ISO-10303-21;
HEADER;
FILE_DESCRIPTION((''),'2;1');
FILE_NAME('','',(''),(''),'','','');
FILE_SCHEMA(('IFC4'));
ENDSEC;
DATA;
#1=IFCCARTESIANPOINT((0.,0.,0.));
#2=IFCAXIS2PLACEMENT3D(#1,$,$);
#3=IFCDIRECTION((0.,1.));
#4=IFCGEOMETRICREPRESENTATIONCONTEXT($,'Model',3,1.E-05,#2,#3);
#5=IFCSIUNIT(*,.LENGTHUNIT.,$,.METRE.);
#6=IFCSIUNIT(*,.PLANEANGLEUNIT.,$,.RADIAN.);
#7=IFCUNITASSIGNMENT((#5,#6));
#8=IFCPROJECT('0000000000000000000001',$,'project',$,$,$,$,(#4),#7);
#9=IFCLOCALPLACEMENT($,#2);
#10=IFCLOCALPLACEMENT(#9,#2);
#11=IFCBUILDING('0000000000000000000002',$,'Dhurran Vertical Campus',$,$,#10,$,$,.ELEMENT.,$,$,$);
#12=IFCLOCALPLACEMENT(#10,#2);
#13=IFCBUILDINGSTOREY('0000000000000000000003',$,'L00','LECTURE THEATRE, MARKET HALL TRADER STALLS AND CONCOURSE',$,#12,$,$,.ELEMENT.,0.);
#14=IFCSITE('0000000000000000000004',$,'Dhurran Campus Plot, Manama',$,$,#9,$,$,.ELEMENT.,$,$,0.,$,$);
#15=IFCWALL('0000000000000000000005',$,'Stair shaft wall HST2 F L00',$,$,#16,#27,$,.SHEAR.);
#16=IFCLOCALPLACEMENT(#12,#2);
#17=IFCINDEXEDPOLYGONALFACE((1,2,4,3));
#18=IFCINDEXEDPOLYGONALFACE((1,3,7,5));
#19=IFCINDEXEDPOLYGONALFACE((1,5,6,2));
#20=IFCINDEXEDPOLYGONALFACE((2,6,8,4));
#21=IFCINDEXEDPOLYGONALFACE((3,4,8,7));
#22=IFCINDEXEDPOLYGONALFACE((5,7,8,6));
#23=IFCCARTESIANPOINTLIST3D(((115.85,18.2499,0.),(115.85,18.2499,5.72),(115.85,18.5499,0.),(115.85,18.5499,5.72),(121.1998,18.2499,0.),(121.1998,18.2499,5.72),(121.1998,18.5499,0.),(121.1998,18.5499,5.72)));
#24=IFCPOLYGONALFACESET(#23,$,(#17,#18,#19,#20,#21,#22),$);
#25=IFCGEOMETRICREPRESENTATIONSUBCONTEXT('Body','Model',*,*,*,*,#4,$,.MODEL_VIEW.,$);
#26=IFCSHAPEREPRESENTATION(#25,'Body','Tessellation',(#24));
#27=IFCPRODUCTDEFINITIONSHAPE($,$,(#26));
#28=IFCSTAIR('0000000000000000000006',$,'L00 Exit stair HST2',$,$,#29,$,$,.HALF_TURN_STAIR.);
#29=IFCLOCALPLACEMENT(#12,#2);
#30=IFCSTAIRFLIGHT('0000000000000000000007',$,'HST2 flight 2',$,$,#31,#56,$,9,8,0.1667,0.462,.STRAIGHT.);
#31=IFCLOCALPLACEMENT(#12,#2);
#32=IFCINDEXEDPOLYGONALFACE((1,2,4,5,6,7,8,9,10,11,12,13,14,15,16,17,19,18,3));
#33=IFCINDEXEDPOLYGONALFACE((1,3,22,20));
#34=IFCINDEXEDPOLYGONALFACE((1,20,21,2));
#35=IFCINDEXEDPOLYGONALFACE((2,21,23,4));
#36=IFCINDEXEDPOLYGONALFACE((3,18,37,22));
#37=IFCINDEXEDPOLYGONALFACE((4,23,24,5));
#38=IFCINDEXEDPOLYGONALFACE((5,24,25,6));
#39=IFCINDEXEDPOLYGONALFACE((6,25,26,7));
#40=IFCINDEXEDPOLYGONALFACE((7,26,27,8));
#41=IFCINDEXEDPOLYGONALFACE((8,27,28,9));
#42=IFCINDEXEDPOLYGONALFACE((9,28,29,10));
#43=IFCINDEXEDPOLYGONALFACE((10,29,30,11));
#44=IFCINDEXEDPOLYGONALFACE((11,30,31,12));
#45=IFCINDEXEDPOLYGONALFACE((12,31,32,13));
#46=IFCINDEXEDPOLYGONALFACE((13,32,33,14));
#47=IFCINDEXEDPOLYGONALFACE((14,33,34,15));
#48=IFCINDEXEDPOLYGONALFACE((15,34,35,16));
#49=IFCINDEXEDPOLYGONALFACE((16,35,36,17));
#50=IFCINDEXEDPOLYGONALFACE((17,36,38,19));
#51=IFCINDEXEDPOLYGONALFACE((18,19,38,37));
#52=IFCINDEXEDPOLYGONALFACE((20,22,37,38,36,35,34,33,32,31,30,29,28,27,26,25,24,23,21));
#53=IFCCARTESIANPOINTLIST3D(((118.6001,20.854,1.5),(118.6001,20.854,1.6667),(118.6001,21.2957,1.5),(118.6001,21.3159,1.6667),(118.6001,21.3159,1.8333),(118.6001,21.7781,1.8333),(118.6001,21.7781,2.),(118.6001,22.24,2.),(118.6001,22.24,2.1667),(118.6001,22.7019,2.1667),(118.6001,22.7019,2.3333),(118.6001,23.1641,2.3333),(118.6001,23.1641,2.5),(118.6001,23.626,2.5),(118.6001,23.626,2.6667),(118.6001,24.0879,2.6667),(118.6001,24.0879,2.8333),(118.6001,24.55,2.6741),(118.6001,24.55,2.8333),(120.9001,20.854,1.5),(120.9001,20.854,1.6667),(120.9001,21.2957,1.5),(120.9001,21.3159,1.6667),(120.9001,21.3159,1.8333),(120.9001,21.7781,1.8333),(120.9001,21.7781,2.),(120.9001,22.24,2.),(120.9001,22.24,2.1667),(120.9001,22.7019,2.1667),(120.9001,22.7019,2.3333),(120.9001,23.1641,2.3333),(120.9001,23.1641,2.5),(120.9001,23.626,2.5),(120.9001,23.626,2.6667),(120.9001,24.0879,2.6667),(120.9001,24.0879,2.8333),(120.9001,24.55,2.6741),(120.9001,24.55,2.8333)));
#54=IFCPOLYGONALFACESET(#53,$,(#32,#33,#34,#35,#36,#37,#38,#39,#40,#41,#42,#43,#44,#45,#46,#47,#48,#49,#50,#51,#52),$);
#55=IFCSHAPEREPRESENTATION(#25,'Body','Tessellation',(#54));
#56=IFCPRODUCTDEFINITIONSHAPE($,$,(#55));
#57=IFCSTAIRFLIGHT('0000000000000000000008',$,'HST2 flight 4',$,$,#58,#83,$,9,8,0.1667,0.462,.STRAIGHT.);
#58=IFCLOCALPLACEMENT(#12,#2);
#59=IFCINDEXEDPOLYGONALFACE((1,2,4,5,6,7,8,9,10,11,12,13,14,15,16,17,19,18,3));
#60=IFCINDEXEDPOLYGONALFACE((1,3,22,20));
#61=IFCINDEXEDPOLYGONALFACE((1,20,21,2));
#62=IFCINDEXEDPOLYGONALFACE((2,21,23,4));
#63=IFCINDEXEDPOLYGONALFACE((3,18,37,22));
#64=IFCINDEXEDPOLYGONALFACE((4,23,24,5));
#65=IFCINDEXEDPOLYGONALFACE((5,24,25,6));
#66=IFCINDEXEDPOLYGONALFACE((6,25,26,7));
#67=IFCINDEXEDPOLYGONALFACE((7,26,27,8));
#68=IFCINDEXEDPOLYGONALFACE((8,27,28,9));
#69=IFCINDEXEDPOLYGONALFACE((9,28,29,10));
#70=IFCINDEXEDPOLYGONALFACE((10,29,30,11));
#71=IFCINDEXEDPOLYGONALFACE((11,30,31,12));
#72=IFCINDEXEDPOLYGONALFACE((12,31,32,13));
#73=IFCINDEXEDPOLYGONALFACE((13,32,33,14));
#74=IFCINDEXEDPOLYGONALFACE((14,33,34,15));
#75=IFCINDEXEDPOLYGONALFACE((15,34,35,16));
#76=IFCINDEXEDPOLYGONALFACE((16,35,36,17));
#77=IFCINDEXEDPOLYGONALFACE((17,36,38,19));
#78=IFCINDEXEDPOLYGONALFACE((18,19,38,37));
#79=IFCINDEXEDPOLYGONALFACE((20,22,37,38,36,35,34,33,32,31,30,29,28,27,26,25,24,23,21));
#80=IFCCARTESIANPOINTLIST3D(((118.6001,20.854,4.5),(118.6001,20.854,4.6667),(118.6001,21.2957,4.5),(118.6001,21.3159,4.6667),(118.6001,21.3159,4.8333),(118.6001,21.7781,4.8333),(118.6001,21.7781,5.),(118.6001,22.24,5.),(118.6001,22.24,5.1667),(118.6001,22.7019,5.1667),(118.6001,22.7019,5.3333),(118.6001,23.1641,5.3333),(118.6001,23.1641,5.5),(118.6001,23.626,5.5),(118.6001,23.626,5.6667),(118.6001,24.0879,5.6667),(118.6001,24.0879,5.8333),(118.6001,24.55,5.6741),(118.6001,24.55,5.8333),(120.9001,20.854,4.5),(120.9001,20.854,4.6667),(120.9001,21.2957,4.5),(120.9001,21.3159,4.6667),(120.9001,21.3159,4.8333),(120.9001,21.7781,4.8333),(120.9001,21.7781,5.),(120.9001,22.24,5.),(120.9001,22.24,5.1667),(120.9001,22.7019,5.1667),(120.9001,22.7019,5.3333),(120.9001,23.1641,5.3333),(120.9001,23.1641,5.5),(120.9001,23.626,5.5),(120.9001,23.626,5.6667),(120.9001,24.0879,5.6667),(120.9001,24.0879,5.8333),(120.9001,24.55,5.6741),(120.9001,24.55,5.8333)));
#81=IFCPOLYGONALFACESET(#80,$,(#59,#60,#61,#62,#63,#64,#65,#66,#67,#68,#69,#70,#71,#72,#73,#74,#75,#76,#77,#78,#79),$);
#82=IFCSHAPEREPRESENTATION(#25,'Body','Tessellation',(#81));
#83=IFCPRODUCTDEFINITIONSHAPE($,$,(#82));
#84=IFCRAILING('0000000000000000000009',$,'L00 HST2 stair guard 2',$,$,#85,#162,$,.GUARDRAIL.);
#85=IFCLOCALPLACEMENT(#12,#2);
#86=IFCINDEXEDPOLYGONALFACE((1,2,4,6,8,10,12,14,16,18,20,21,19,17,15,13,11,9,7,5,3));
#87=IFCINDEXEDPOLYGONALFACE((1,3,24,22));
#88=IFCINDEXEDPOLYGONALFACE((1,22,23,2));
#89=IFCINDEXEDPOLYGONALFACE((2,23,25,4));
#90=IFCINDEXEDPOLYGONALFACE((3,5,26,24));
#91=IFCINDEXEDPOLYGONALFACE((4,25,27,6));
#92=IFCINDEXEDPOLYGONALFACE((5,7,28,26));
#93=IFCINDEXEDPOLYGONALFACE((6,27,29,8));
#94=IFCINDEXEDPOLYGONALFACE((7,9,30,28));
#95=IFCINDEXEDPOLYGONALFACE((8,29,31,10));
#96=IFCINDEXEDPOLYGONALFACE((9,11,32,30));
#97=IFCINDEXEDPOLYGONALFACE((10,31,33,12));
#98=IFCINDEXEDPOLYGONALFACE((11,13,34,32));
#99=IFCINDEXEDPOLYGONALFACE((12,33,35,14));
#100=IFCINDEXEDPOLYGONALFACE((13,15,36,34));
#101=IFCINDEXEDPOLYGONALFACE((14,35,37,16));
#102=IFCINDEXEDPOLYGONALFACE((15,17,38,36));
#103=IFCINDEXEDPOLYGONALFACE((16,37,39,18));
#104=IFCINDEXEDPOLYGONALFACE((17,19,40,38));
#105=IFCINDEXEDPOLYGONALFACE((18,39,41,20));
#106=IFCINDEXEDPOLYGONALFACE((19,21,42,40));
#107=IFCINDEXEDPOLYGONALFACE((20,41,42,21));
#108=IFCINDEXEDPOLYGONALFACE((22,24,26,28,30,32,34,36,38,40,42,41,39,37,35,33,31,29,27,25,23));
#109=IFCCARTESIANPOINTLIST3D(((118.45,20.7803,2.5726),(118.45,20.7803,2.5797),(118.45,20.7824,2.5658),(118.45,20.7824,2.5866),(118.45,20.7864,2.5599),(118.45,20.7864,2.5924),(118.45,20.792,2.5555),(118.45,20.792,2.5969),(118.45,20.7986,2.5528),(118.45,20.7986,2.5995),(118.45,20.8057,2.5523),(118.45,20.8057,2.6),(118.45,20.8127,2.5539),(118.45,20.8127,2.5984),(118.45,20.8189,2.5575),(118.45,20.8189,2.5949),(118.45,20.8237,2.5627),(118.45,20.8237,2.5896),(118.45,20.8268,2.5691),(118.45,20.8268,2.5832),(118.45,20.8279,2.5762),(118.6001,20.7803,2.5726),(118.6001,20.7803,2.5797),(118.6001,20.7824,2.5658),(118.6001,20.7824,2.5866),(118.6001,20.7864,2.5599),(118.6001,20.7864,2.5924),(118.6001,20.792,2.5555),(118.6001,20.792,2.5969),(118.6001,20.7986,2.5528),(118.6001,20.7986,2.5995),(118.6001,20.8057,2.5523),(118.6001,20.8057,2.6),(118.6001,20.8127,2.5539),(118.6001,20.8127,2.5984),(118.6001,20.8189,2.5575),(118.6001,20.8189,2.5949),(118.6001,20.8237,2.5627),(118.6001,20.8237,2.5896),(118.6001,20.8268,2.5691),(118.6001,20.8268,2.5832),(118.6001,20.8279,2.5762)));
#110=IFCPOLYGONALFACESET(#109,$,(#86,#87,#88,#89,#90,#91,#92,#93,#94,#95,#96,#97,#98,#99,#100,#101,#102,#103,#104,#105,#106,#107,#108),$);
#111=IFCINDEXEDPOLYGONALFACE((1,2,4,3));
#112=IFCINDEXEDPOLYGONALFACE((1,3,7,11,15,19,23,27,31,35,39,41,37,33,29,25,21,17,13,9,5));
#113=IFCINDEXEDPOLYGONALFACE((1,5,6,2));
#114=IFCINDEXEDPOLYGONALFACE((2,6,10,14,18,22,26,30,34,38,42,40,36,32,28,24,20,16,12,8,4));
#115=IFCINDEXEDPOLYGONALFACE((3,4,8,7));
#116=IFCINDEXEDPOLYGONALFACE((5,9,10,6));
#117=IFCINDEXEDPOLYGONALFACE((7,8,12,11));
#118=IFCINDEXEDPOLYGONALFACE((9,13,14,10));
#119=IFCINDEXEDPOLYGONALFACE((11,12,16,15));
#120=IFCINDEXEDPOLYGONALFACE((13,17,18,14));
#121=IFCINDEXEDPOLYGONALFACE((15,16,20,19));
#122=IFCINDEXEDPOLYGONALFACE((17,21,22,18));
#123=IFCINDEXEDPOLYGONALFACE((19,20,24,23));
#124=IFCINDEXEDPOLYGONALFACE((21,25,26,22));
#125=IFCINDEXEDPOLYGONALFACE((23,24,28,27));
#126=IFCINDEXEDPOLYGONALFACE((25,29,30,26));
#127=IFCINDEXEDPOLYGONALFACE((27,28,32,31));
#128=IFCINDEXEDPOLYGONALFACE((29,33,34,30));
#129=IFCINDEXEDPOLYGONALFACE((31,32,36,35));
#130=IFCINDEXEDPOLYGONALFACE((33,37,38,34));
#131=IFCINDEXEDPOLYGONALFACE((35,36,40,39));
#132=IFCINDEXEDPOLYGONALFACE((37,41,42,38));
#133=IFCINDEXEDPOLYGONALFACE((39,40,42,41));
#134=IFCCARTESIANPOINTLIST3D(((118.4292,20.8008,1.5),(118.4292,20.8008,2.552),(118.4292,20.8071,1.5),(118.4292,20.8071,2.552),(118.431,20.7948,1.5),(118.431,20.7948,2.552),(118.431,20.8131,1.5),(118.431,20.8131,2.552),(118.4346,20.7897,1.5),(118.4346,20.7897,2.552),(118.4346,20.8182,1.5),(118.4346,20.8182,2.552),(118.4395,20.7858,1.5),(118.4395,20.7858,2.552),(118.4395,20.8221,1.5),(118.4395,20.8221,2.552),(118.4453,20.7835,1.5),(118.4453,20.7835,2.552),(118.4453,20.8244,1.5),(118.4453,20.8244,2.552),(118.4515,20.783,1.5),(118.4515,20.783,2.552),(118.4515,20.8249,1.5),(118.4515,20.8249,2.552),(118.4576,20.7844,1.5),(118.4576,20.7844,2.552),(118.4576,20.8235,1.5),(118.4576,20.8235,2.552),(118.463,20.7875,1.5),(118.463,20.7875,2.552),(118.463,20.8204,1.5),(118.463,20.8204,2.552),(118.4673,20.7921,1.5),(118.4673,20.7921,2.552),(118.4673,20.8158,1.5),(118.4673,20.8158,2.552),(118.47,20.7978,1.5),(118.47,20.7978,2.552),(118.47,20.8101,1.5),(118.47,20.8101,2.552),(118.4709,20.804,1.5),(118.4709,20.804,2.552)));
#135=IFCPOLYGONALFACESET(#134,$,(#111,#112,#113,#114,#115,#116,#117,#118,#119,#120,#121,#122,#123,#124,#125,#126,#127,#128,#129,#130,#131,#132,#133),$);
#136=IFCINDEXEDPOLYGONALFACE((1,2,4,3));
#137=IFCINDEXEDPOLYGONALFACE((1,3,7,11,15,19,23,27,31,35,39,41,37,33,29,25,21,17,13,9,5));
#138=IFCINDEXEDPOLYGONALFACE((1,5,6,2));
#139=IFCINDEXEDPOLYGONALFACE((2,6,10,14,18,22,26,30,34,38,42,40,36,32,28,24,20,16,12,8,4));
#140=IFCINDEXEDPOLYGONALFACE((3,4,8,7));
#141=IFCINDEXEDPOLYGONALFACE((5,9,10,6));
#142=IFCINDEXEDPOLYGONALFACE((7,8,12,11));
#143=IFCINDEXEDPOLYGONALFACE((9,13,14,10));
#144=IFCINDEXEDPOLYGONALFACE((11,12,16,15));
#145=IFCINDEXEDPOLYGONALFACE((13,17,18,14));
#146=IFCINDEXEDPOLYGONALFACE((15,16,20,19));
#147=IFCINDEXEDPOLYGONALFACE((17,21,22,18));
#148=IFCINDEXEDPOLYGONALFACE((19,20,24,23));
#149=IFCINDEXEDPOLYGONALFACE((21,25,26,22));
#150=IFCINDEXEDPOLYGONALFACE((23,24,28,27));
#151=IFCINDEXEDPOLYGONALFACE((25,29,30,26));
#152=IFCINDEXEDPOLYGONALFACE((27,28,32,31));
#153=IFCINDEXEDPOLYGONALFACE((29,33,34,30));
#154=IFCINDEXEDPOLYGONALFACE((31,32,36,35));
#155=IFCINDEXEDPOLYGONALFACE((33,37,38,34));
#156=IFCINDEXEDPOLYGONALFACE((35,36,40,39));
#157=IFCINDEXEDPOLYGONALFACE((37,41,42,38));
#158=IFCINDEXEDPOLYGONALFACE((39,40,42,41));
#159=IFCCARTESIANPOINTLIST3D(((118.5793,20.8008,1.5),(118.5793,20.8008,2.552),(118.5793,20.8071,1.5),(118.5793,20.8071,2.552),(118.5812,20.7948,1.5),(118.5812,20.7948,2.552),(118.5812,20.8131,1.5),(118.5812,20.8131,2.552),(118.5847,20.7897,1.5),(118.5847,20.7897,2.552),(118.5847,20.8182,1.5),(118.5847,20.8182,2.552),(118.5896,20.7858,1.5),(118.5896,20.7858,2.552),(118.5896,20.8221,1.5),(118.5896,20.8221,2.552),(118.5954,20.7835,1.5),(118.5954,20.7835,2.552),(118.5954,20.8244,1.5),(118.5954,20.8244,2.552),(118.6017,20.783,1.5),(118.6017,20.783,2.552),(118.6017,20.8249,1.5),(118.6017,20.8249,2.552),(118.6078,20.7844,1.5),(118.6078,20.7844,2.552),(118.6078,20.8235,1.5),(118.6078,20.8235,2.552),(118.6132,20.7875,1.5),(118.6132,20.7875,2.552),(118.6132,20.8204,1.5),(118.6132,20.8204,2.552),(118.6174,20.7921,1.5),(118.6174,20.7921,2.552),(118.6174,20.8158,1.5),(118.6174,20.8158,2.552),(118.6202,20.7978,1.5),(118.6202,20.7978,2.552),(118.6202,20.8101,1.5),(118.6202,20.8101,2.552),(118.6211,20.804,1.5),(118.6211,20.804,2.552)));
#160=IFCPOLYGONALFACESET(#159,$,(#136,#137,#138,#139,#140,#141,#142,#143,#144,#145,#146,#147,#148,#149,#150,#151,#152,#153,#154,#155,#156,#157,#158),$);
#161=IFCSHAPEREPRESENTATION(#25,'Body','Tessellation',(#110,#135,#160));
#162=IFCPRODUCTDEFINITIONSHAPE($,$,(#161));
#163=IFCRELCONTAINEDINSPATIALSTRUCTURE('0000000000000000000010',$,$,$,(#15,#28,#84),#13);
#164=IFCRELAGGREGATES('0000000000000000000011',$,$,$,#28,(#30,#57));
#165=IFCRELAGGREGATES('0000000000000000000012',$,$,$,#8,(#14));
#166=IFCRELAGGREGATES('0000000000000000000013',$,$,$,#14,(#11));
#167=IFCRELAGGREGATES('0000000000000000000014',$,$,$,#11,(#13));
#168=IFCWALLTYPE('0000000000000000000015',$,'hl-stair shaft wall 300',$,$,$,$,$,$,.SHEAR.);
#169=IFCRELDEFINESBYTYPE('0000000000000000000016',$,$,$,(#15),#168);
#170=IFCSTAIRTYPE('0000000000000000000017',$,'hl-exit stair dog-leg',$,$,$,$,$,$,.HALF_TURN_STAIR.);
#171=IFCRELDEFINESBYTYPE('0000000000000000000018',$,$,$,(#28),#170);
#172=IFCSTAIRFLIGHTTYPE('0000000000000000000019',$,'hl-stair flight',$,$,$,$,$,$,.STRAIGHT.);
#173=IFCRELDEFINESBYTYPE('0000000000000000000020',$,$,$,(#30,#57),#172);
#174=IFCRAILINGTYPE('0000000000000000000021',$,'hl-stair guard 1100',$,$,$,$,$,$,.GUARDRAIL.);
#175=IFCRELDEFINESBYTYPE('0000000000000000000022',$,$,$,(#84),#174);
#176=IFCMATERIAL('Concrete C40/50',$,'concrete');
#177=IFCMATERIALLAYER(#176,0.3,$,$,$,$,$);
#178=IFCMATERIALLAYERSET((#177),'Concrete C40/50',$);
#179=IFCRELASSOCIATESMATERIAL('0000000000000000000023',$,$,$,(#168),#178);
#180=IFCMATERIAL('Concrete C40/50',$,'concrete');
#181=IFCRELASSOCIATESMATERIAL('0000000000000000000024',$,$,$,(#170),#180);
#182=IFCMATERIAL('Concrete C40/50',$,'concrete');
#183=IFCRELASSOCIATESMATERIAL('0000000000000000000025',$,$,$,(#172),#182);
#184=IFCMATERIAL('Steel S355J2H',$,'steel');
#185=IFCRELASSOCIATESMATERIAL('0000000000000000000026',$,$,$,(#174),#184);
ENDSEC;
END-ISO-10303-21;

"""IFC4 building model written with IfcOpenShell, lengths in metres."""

from ifc_helpers import new_model, si_unit, direction, frame, frame_2d, origin, origin_2d, place, context, subcontext, project, spatial, polyline, rectangle, circle, outline, extrude, material, layer, layer_set, type_object, element, aggregate, save


model = new_model("IFC4")

# Units and contexts
model_context = context("Model", 3, precision=1e-05, world=origin(), true_north=direction((0.0, 1.0)))
body_context = subcontext(model_context, "Body", "Model", "MODEL_VIEW")
ifc_project = project(units=[si_unit("LENGTHUNIT", "METRE"), si_unit("PLANEANGLEUNIT", "RADIAN")], contexts=[model_context])

# Site, building, storey
site_placement = place(None, origin())
site = spatial("IfcSite", under=ifc_project, at=site_placement, Name="Dhurran Campus Plot, Manama", CompositionType="ELEMENT", RefElevation=0.0)
building_placement = place(site_placement, origin())
building = spatial("IfcBuilding", under=site, at=building_placement, Name="Dhurran Vertical Campus", CompositionType="ELEMENT")
storey_placement = place(building_placement, origin())
storey = spatial("IfcBuildingStorey", under=building, at=storey_placement, Name="L00", Description="LECTURE THEATRE, MARKET HALL TRADER STALLS AND CONCOURSE", CompositionType="ELEMENT", Elevation=0.0)

# Wall
ifc_material_1 = material(Name="Concrete C40/50", Category="concrete")
ifc_layer_1 = layer(ifc_material_1, 0.3)
ifc_layer_set_1 = layer_set([ifc_layer_1], Name="Concrete C40/50")
wall_type_1 = type_object("IfcWallType", Name="hl-stair shaft wall 300", PredefinedType="SHEAR", material=ifc_layer_set_1)
wall_1_placement = place(storey_placement, frame((115.8501, 18.3999, 0.0), z_axis=(0.0, 0.0, 1.0), x_axis=(1.0, 0.0, 0.0)))
element("IfcWall", 1, at=wall_1_placement, inside=storey, type_object=wall_type_1, Name="Stair shaft wall HST2 F L00", PredefinedType="SHEAR", context=body_context, shape_type="SweptSolid", body=[
    extrude(rectangle(XDim=5.3499, YDim=0.3, at=frame_2d((2.6748, 0.0))), origin(), (0.0, 0.0, 1.0), 5.72),
])

# Stair, stair flights
ifc_material_2 = material(Name="Concrete C40/50", Category="concrete")
stair_type = type_object("IfcStairType", Name="hl-exit stair dog-leg", PredefinedType="HALF_TURN_STAIR", material=ifc_material_2)
stair_placement = place(storey_placement, origin())
stair = element("IfcStair", 2, at=stair_placement, inside=storey, type_object=stair_type, Name="L00 Exit stair HST2", PredefinedType="HALF_TURN_STAIR")
ifc_material_3 = material(Name="Concrete C40/50", Category="concrete")
stair_flight_type = type_object("IfcStairFlightType", Name="hl-stair flight", PredefinedType="STRAIGHT", material=ifc_material_3)
stair_flight_1_placement = place(storey_placement, frame((119.75, 20.854, 1.5), z_axis=(0.0, 0.0, 1.0), x_axis=(0.0, 1.0, 0.0)))
stair_flight_1 = element("IfcStairFlight", 3, at=stair_flight_1_placement, type_object=stair_flight_type, Name="HST2 flight 2", NumberOfRisers=9, NumberOfTreads=8, PredefinedType="STRAIGHT", RiserHeight=0.1667, TreadLength=0.462, context=body_context, shape_type="SweptSolid", body=[
    extrude(outline(polyline([(0.0, 0.0), (0.0, 0.1667), (0.4619, 0.1667), (0.4619, 0.3333), (0.9241, 0.3333), (0.9241, 0.5), (1.386, 0.5), (1.386, 0.6667), (1.8479, 0.6667), (1.8479, 0.8333), (2.3101, 0.8333), (2.3101, 1.0), (2.772, 1.0), (2.772, 1.1667), (3.2339, 1.1667), (3.2339, 1.3333), (3.696, 1.3333), (3.696, 1.5), (3.696, 1.1741), (0.4417, 0.0), (0.0, 0.0)])), frame((0.0, 1.1499, 0.0), z_axis=(0.0, -1.0, 0.0), x_axis=(1.0, 0.0, 0.0)), (0.0, 0.0, 1.0), 2.3),
])
stair_flight_2_placement = place(storey_placement, frame((119.75, 20.854, 4.5), z_axis=(0.0, 0.0, 1.0), x_axis=(0.0, 1.0, 0.0)))
stair_flight_2 = element("IfcStairFlight", 4, at=stair_flight_2_placement, type_object=stair_flight_type, Name="HST2 flight 4", NumberOfRisers=9, NumberOfTreads=8, PredefinedType="STRAIGHT", RiserHeight=0.1667, TreadLength=0.462, context=body_context, shape_type="SweptSolid", body=[
    extrude(outline(polyline([(0.0, 0.0), (0.0, 0.1667), (0.4619, 0.1667), (0.4619, 0.3333), (0.9241, 0.3333), (0.9241, 0.5), (1.386, 0.5), (1.386, 0.6667), (1.8479, 0.6667), (1.8479, 0.8333), (2.3101, 0.8333), (2.3101, 1.0), (2.772, 1.0), (2.772, 1.1667), (3.2339, 1.1667), (3.2339, 1.3333), (3.696, 1.3333), (3.696, 1.5), (3.696, 1.1741), (0.4417, 0.0), (0.0, 0.0)])), frame((0.0, 1.1499, 0.0), z_axis=(0.0, -1.0, 0.0), x_axis=(1.0, 0.0, 0.0)), (0.0, 0.0, 1.0), 2.3),
])
aggregate(stair, [stair_flight_1, stair_flight_2])

# Railing
ifc_material_4 = material(Name="Steel S355J2H", Category="steel")
railing_type = type_object("IfcRailingType", Name="hl-stair guard 1100", PredefinedType="GUARDRAIL", material=ifc_material_4)
railing_1_placement = place(storey_placement, frame((118.45, 20.804, 1.5)))
element("IfcRailing", 5, at=railing_1_placement, inside=storey, type_object=railing_type, Name="L00 HST2 stair guard 2", PredefinedType="GUARDRAIL", context=body_context, shape_type="SweptSolid", body=[
    extrude(circle(Radius=0.0239, at=origin_2d()), frame((0.0, 0.0, 1.0762), z_axis=(1.0, 0.0, 0.0), x_axis=(0.0, 1.0, 0.0)), (0.0, 0.0, 1.0), 0.1501),
    extrude(circle(Radius=0.021, at=origin_2d()), origin(), (0.0, 0.0, 1.0), 1.052),
    extrude(circle(Radius=0.021, at=origin_2d()), frame((0.1501, 0.0, 0.0)), (0.0, 0.0, 1.0), 1.052),
])

save(model, "model.ifc")
